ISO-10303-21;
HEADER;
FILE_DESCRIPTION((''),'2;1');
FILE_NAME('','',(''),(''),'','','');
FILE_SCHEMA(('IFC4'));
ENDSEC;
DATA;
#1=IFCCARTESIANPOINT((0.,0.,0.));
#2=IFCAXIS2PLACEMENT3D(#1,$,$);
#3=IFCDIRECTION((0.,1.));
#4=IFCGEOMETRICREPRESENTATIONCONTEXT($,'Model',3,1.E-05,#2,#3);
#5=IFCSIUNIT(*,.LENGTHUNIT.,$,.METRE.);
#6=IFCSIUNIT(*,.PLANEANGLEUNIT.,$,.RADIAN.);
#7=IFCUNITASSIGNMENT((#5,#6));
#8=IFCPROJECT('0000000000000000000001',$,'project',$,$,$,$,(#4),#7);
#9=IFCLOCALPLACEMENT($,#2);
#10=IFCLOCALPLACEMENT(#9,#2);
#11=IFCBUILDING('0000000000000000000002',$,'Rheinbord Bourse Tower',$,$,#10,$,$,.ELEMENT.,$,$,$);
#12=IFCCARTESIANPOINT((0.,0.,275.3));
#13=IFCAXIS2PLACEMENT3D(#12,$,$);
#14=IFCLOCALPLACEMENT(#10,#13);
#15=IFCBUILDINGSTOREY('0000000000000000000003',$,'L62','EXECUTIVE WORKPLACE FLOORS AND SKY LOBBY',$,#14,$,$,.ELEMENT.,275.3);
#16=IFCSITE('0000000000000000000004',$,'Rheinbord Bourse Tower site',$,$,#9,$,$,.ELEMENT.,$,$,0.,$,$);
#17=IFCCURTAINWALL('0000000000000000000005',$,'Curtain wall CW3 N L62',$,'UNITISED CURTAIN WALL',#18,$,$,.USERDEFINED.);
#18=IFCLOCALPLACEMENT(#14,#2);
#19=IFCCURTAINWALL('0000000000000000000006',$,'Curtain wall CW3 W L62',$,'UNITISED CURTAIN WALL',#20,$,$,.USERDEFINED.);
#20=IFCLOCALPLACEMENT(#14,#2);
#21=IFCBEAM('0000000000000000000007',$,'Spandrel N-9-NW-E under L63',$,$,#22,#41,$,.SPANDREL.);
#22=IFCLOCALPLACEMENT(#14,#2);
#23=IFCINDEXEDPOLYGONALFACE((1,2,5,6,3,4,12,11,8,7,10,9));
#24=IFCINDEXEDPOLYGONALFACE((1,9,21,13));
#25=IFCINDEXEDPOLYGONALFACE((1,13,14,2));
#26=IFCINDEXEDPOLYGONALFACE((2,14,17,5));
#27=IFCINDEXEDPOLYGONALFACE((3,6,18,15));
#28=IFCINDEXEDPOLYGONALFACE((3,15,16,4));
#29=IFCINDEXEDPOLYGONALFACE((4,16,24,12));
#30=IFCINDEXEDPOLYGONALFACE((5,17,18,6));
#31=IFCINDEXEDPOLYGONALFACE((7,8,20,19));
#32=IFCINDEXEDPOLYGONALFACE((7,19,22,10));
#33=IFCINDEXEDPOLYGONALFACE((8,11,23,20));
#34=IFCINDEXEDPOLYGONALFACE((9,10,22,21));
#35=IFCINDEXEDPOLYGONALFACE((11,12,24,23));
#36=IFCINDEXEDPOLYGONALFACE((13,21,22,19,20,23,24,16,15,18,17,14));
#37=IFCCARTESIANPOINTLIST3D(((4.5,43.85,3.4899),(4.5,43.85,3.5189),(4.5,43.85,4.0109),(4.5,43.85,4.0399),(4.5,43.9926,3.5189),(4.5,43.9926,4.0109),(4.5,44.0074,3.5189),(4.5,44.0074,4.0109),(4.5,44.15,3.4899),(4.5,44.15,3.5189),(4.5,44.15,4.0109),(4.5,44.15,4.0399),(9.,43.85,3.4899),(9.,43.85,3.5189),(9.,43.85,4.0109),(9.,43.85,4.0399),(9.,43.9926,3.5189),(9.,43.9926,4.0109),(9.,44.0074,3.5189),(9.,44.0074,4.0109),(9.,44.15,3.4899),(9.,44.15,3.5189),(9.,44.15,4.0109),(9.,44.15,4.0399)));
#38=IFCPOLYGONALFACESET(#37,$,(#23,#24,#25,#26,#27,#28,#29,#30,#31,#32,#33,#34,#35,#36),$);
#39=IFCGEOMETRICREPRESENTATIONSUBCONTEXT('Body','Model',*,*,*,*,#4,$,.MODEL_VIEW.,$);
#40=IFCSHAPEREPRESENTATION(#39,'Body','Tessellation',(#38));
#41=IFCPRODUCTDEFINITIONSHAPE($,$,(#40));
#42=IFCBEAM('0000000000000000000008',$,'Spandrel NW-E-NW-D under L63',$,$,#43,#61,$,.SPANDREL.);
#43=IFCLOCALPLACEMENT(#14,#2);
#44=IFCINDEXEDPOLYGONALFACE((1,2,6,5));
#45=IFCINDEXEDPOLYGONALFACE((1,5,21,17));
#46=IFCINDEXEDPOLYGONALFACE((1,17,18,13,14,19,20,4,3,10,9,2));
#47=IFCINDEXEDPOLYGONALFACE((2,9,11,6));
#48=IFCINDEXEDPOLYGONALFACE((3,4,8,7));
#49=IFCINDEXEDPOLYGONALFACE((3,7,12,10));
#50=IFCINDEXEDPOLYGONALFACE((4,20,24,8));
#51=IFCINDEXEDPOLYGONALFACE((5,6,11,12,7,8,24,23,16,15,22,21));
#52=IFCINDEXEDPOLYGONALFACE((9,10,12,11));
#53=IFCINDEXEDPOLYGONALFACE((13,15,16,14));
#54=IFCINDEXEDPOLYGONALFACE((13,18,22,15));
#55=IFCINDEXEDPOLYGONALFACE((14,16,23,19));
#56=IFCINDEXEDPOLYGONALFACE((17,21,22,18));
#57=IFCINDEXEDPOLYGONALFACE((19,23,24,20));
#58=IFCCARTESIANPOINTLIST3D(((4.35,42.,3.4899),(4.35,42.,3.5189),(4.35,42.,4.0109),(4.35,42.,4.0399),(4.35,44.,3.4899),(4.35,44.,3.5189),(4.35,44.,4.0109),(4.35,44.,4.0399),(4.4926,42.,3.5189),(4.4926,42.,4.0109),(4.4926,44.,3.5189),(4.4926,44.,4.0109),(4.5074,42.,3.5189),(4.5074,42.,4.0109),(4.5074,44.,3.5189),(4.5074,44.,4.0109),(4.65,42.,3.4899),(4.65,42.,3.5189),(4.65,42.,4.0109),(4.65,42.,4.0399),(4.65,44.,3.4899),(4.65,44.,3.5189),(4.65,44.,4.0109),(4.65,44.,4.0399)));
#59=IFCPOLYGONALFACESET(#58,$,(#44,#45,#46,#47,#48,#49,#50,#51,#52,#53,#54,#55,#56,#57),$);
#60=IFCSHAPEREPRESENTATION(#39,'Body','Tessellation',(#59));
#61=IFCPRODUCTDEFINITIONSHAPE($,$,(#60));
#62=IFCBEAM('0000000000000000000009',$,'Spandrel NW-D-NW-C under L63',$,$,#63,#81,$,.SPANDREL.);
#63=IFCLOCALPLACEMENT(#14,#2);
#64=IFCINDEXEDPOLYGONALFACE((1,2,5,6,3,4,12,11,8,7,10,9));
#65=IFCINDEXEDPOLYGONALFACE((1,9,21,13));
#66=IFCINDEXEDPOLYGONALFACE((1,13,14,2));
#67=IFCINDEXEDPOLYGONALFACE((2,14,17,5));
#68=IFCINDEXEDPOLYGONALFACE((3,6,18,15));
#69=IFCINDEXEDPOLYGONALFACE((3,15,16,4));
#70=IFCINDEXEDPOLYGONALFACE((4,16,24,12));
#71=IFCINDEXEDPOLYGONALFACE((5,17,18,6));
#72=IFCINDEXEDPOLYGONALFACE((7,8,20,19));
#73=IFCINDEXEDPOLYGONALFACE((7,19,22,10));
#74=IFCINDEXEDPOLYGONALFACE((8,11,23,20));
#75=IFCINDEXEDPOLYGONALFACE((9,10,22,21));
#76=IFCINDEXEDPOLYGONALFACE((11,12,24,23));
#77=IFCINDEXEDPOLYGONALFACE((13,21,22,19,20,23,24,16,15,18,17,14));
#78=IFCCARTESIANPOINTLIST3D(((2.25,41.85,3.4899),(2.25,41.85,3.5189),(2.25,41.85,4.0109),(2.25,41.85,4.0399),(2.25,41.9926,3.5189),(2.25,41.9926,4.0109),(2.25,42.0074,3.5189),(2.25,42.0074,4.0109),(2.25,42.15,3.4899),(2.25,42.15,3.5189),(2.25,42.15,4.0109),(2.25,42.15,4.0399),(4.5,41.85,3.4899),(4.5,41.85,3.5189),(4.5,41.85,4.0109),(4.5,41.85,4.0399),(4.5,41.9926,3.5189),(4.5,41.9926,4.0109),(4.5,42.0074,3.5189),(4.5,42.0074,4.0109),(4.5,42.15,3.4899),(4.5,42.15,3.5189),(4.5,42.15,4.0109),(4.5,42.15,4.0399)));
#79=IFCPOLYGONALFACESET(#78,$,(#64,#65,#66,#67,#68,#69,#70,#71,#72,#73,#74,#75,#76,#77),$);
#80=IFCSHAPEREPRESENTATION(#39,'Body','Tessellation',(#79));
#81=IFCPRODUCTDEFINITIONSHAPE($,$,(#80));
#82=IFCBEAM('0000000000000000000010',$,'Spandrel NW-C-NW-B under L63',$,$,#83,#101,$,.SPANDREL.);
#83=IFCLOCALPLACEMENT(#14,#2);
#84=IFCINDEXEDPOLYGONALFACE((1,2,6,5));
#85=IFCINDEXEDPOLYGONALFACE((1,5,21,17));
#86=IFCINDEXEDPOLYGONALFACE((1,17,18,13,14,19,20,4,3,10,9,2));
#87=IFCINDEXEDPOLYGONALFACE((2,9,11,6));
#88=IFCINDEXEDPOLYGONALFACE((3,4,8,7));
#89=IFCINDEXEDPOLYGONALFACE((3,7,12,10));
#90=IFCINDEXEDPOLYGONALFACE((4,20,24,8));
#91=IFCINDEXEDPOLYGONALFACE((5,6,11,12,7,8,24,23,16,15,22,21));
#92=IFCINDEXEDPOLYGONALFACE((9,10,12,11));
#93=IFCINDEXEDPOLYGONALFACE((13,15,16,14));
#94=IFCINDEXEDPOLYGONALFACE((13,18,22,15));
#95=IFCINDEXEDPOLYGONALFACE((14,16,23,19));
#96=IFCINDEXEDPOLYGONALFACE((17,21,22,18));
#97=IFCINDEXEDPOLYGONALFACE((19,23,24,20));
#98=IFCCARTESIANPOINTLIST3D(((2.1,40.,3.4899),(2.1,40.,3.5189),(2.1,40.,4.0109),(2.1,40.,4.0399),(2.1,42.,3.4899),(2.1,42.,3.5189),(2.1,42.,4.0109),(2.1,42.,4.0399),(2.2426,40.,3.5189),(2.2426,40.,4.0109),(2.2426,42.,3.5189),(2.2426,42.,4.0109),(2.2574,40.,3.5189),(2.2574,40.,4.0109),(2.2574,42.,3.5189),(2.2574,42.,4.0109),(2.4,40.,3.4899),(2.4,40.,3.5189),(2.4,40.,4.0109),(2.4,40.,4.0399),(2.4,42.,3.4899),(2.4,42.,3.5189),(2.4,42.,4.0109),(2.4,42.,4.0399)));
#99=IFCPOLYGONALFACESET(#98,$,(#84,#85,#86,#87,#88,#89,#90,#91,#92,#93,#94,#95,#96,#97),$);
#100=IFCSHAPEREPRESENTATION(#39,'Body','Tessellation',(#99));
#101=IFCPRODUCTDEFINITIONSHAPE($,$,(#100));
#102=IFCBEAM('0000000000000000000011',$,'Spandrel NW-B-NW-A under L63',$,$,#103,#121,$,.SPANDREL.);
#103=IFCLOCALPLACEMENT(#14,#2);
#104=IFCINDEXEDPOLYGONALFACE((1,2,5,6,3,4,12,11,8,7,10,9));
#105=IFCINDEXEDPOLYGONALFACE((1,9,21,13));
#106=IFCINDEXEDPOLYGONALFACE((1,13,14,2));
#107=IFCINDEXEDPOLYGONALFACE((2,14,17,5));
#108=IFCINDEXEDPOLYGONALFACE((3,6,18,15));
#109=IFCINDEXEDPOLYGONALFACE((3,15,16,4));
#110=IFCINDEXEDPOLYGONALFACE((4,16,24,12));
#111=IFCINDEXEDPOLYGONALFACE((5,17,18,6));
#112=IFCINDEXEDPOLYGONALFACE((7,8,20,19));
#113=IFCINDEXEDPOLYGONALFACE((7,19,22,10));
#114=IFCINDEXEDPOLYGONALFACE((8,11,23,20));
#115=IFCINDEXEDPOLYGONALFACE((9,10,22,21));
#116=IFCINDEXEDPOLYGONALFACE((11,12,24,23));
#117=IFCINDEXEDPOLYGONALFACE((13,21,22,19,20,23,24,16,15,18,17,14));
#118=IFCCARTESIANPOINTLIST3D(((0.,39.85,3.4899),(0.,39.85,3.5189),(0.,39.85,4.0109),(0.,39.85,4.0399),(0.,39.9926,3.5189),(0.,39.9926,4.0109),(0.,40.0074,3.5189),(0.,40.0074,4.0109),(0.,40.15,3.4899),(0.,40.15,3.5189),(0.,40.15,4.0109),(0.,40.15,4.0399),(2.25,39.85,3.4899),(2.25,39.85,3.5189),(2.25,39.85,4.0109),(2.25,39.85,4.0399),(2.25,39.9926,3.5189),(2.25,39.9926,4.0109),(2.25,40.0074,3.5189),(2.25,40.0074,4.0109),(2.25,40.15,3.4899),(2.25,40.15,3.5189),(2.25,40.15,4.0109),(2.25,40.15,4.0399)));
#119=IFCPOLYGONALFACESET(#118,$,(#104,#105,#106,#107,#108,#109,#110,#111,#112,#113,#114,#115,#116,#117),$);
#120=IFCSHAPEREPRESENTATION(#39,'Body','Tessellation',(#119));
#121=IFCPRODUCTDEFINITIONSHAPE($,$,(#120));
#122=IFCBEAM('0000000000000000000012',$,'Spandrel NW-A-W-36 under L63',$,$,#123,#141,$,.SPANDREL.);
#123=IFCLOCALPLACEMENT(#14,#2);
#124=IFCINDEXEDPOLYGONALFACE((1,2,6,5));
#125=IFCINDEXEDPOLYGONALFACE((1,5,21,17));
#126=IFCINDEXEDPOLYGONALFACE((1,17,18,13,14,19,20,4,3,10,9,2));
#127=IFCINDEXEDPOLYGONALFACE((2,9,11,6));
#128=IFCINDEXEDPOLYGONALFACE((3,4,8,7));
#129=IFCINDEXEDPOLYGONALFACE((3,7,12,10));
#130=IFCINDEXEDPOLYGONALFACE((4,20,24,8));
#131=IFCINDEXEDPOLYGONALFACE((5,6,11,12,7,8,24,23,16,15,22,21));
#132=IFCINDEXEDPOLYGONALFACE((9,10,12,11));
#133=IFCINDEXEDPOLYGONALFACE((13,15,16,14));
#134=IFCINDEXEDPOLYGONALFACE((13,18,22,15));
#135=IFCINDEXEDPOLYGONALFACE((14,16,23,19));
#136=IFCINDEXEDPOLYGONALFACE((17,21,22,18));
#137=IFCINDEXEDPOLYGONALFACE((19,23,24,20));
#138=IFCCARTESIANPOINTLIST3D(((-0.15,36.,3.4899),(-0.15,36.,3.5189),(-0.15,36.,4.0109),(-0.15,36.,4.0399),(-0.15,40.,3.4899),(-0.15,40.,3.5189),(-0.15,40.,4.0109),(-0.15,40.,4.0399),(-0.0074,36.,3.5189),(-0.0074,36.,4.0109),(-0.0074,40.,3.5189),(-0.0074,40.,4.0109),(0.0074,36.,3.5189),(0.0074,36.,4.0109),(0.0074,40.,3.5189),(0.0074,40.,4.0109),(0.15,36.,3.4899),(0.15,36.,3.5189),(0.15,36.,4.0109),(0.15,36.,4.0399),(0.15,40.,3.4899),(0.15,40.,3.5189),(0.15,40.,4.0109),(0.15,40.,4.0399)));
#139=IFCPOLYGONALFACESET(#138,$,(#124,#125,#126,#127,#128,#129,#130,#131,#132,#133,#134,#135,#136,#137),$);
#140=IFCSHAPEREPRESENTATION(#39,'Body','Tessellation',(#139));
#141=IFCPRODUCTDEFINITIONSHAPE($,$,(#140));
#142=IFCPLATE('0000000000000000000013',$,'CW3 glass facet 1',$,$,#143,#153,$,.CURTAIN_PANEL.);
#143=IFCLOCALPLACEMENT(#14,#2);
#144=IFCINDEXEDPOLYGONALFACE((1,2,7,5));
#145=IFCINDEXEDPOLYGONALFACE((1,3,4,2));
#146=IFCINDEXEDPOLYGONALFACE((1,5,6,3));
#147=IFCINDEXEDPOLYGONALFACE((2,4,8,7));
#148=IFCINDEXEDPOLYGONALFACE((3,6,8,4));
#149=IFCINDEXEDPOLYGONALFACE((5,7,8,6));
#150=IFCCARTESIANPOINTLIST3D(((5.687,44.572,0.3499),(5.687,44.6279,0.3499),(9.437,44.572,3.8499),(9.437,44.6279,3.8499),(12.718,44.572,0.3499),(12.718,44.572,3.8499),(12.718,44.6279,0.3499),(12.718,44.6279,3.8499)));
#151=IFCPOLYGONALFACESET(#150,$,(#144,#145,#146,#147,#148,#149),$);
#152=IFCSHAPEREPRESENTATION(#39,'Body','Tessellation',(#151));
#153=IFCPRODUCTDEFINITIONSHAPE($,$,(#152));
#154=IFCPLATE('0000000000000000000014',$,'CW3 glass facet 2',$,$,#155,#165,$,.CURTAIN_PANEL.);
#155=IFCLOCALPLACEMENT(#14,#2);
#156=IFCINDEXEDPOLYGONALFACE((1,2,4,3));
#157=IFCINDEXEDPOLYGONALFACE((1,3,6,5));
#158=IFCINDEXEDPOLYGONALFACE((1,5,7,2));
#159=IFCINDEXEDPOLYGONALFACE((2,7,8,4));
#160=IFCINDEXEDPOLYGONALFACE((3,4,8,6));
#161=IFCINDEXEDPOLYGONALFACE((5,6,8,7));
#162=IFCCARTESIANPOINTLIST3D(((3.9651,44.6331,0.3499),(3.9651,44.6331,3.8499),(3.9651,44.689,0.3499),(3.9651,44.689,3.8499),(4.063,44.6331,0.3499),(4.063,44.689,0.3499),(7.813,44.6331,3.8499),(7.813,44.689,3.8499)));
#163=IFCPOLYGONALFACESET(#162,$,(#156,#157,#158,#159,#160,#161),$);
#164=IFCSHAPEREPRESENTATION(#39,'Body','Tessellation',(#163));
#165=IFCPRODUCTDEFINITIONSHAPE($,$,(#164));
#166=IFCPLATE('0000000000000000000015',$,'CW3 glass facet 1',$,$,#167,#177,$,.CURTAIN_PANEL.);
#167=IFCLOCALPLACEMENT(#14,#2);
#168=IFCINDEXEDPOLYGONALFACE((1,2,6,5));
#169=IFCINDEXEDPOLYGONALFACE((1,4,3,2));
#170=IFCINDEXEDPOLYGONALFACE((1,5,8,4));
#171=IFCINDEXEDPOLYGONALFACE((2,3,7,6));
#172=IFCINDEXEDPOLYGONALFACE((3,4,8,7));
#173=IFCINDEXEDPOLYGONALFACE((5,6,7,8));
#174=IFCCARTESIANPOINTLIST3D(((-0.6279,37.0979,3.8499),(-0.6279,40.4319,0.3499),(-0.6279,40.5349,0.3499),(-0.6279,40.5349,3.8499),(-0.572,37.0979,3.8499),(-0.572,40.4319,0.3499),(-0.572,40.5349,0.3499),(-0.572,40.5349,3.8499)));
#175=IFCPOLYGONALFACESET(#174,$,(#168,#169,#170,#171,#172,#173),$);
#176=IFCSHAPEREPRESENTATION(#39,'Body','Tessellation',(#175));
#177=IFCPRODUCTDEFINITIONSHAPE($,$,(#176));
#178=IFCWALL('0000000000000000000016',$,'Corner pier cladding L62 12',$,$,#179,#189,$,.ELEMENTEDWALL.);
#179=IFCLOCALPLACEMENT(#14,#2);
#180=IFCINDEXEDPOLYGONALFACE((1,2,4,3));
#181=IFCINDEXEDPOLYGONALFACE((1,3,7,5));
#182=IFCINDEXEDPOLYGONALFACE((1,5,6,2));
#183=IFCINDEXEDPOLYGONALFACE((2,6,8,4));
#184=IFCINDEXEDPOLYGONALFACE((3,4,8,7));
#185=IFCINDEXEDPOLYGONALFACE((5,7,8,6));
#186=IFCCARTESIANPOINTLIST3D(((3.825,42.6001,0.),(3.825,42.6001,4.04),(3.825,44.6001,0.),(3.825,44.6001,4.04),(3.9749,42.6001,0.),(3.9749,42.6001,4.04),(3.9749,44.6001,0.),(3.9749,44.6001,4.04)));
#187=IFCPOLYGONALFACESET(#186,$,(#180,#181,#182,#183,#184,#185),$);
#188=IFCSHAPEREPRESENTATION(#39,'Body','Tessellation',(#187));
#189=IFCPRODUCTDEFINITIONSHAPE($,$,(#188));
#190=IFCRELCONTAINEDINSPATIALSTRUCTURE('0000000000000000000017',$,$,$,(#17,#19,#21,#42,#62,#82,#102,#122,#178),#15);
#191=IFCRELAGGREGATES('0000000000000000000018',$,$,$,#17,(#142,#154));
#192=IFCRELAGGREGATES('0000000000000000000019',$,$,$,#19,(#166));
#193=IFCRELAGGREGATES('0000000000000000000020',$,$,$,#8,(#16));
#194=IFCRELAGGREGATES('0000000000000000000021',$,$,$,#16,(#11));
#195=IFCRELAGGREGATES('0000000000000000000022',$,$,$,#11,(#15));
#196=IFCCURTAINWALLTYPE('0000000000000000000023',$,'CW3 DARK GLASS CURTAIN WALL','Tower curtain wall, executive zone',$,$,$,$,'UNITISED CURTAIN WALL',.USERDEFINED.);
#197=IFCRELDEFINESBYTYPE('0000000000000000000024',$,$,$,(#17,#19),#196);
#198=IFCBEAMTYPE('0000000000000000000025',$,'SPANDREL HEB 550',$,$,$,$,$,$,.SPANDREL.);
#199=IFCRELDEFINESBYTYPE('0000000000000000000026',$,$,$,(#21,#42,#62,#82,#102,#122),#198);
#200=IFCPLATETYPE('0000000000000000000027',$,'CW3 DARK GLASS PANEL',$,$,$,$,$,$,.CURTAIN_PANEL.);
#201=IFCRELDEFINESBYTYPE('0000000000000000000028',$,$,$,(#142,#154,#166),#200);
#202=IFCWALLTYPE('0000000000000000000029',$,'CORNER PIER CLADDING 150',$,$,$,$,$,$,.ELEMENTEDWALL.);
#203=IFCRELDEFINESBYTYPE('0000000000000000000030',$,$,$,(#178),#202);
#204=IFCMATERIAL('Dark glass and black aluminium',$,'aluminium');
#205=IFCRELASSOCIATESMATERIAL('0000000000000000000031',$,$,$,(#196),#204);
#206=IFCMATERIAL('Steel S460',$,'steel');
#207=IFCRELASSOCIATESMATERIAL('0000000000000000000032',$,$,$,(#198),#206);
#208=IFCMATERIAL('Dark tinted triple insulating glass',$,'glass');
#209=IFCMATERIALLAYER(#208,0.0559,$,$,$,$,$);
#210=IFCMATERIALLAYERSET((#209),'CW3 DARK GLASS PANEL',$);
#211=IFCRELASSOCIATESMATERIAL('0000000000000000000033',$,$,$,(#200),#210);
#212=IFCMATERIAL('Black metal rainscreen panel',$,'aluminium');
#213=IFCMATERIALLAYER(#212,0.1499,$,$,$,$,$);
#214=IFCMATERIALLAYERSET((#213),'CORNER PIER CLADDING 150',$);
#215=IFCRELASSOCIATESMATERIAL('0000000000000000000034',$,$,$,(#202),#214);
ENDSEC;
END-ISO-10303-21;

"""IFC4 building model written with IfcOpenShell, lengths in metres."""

from ifc_helpers import new_model, si_unit, direction, frame, frame_2d, origin, origin_2d, place, context, subcontext, project, spatial, polyline, rectangle, i_section, outline, extrude, material, layer, layer_set, material_profile, profile_set, type_object, element, aggregate, save


model = new_model("IFC4")

# Units and contexts
model_context = context("Model", 3, precision=1e-05, world=origin(), true_north=direction((0.0, 1.0)))
body_context = subcontext(model_context, "Body", "Model", "MODEL_VIEW")
ifc_project = project(units=[si_unit("LENGTHUNIT", "METRE"), si_unit("PLANEANGLEUNIT", "RADIAN")], contexts=[model_context])

# Site, building, storey
site_placement = place(None, origin())
site = spatial("IfcSite", under=ifc_project, at=site_placement, Name="Rheinbord Bourse Tower site", CompositionType="ELEMENT", RefElevation=0.0)
building_placement = place(site_placement, origin())
building = spatial("IfcBuilding", under=site, at=building_placement, Name="Rheinbord Bourse Tower", CompositionType="ELEMENT")
storey_placement = place(building_placement, frame((0.0, 0.0, 275.3)))
storey = spatial("IfcBuildingStorey", under=building, at=storey_placement, Name="L62", Description="EXECUTIVE WORKPLACE FLOORS AND SKY LOBBY", CompositionType="ELEMENT", Elevation=275.3)

# Curtain wall
ifc_material_1 = material(Name="Dark glass and black aluminium", Category="aluminium")
curtain_wall_type = type_object("IfcCurtainWallType", Name="CW3 DARK GLASS CURTAIN WALL", Description="Tower curtain wall, executive zone", ElementType="UNITISED CURTAIN WALL", PredefinedType="USERDEFINED", material=ifc_material_1)
curtain_wall_1_placement = place(storey_placement, origin())
curtain_wall_1 = element("IfcCurtainWall", 1, at=curtain_wall_1_placement, inside=storey, type_object=curtain_wall_type, Name="Curtain wall CW3 N L62", ObjectType="UNITISED CURTAIN WALL", PredefinedType="USERDEFINED")

# Curtain wall
curtain_wall_2_placement = place(storey_placement, origin())
curtain_wall_2 = element("IfcCurtainWall", 2, at=curtain_wall_2_placement, inside=storey, type_object=curtain_wall_type, Name="Curtain wall CW3 W L62", ObjectType="UNITISED CURTAIN WALL", PredefinedType="USERDEFINED")

# Beams
ifc_material_2 = material(Name="Steel S460", Category="steel")
ifc_material_profile_1 = material_profile(ifc_material_2, i_section(OverallWidth=0.3, OverallDepth=0.55, WebThickness=0.0149, FlangeThickness=0.0291, at=origin_2d()), Name="HEB 550")
ifc_profile_set_1 = profile_set([ifc_material_profile_1], Name="Steel S460")
beam_type_1 = type_object("IfcBeamType", Name="SPANDREL HEB 550", PredefinedType="SPANDREL", material=ifc_profile_set_1)
beam_1_placement = place(storey_placement, frame((9.0, 44.0, 3.7649), z_axis=(-1.0, 0.0, 0.0), x_axis=(0.0, -1.0, 0.0)))
element("IfcBeam", 3, at=beam_1_placement, inside=storey, type_object=beam_type_1, Name="Spandrel N-9-NW-E under L63", PredefinedType="SPANDREL", context=body_context, shape_type="SweptSolid", body=[
    extrude(i_section(OverallWidth=0.3, OverallDepth=0.55, WebThickness=0.0149, FlangeThickness=0.0291, at=origin_2d()), origin(), (0.0, 0.0, 1.0), 4.5),
])
beam_2_placement = place(storey_placement, frame((4.5, 44.0, 3.7649), z_axis=(0.0, -1.0, 0.0), x_axis=(1.0, 0.0, 0.0)))
element("IfcBeam", 4, at=beam_2_placement, inside=storey, type_object=beam_type_1, Name="Spandrel NW-E-NW-D under L63", PredefinedType="SPANDREL", context=body_context, shape_type="SweptSolid", body=[
    extrude(i_section(OverallWidth=0.3, OverallDepth=0.55, WebThickness=0.0149, FlangeThickness=0.0291, at=origin_2d()), origin(), (0.0, 0.0, 1.0), 2.0),
])
beam_3_placement = place(storey_placement, frame((4.5, 42.0, 3.7649), z_axis=(-1.0, 0.0, 0.0), x_axis=(0.0, -1.0, 0.0)))
element("IfcBeam", 5, at=beam_3_placement, inside=storey, type_object=beam_type_1, Name="Spandrel NW-D-NW-C under L63", PredefinedType="SPANDREL", context=body_context, shape_type="SweptSolid", body=[
    extrude(i_section(OverallWidth=0.3, OverallDepth=0.55, WebThickness=0.0149, FlangeThickness=0.0291, at=origin_2d()), origin(), (0.0, 0.0, 1.0), 2.25),
])
beam_4_placement = place(storey_placement, frame((2.25, 42.0, 3.7649), z_axis=(0.0, -1.0, 0.0), x_axis=(1.0, 0.0, 0.0)))
element("IfcBeam", 6, at=beam_4_placement, inside=storey, type_object=beam_type_1, Name="Spandrel NW-C-NW-B under L63", PredefinedType="SPANDREL", context=body_context, shape_type="SweptSolid", body=[
    extrude(i_section(OverallWidth=0.3, OverallDepth=0.55, WebThickness=0.0149, FlangeThickness=0.0291, at=origin_2d()), origin(), (0.0, 0.0, 1.0), 2.0),
])
beam_5_placement = place(storey_placement, frame((2.25, 40.0, 3.7649), z_axis=(-1.0, 0.0, 0.0), x_axis=(0.0, -1.0, 0.0)))
element("IfcBeam", 7, at=beam_5_placement, inside=storey, type_object=beam_type_1, Name="Spandrel NW-B-NW-A under L63", PredefinedType="SPANDREL", context=body_context, shape_type="SweptSolid", body=[
    extrude(i_section(OverallWidth=0.3, OverallDepth=0.55, WebThickness=0.0149, FlangeThickness=0.0291, at=origin_2d()), origin(), (0.0, 0.0, 1.0), 2.25),
])
beam_6_placement = place(storey_placement, frame((0.0, 40.0, 3.7649), z_axis=(0.0, -1.0, 0.0), x_axis=(1.0, 0.0, 0.0)))
element("IfcBeam", 8, at=beam_6_placement, inside=storey, type_object=beam_type_1, Name="Spandrel NW-A-W-36 under L63", PredefinedType="SPANDREL", context=body_context, shape_type="SweptSolid", body=[
    extrude(i_section(OverallWidth=0.3, OverallDepth=0.55, WebThickness=0.0149, FlangeThickness=0.0291, at=origin_2d()), origin(), (0.0, 0.0, 1.0), 4.0),
])

# Plates
ifc_material_3 = material(Name="Dark tinted triple insulating glass", Category="glass")
ifc_layer_1 = layer(ifc_material_3, 0.0559)
ifc_layer_set_1 = layer_set([ifc_layer_1], Name="CW3 DARK GLASS PANEL")
plate_type = type_object("IfcPlateType", Name="CW3 DARK GLASS PANEL", PredefinedType="CURTAIN_PANEL", material=ifc_layer_set_1)
plate_1_placement = place(storey_placement, frame((12.718, 44.6279, 0.3499), z_axis=(0.0, -1.0, 0.0), x_axis=(0.0, 0.0, 1.0)))
plate_1 = element("IfcPlate", 9, at=plate_1_placement, type_object=plate_type, Name="CW3 glass facet 1", PredefinedType="CURTAIN_PANEL", context=body_context, shape_type="SweptSolid", body=[
    extrude(outline(polyline([(0.0, 0.0), (3.5, 0.0), (3.5, 3.281), (0.0, 7.031), (0.0, 0.0)])), origin(), (0.0, 0.0, 1.0), 0.0559),
])
plate_2_placement = place(storey_placement, frame((3.9651, 44.689, 3.8499), z_axis=(0.0, -1.0, 0.0), x_axis=(0.0, 0.0, -1.0)))
plate_2 = element("IfcPlate", 10, at=plate_2_placement, type_object=plate_type, Name="CW3 glass facet 2", PredefinedType="CURTAIN_PANEL", context=body_context, shape_type="SweptSolid", body=[
    extrude(outline(polyline([(0.0, 0.0), (3.5, 0.0), (3.5, 0.0979), (0.0, 3.8479), (0.0, 0.0)])), origin(), (0.0, 0.0, 1.0), 0.0559),
])
aggregate(curtain_wall_1, [plate_1, plate_2])
plate_3_placement = place(storey_placement, frame((-0.6279, 40.5349, 0.3499), z_axis=(1.0, 0.0, 0.0), x_axis=(0.0, 0.0, 1.0)))
plate_3 = element("IfcPlate", 11, at=plate_3_placement, type_object=plate_type, Name="CW3 glass facet 1", PredefinedType="CURTAIN_PANEL", context=body_context, shape_type="SweptSolid", body=[
    extrude(outline(polyline([(0.0, 0.0), (3.5, 0.0), (3.5, 3.437), (0.0, 0.103), (0.0, 0.0)])), origin(), (0.0, 0.0, 1.0), 0.0559),
])
aggregate(curtain_wall_2, [plate_3])

# Wall
ifc_material_4 = material(Name="Black metal rainscreen panel", Category="aluminium")
ifc_layer_2 = layer(ifc_material_4, 0.1499)
ifc_layer_set_2 = layer_set([ifc_layer_2], Name="CORNER PIER CLADDING 150")
wall_type = type_object("IfcWallType", Name="CORNER PIER CLADDING 150", PredefinedType="ELEMENTEDWALL", material=ifc_layer_set_2)
wall_1_placement = place(storey_placement, frame((3.8999, 44.6001, 0.0), z_axis=(0.0, 0.0, 1.0), x_axis=(0.0, -1.0, 0.0)))
element("IfcWall", 12, at=wall_1_placement, inside=storey, type_object=wall_type, Name="Corner pier cladding L62 12", PredefinedType="ELEMENTEDWALL", context=body_context, shape_type="SweptSolid", body=[
    extrude(rectangle(XDim=2.0, YDim=0.1499, at=frame_2d((1.0, 0.0))), origin(), (0.0, 0.0, 1.0), 4.04),
])

save(model, "model.ifc")
